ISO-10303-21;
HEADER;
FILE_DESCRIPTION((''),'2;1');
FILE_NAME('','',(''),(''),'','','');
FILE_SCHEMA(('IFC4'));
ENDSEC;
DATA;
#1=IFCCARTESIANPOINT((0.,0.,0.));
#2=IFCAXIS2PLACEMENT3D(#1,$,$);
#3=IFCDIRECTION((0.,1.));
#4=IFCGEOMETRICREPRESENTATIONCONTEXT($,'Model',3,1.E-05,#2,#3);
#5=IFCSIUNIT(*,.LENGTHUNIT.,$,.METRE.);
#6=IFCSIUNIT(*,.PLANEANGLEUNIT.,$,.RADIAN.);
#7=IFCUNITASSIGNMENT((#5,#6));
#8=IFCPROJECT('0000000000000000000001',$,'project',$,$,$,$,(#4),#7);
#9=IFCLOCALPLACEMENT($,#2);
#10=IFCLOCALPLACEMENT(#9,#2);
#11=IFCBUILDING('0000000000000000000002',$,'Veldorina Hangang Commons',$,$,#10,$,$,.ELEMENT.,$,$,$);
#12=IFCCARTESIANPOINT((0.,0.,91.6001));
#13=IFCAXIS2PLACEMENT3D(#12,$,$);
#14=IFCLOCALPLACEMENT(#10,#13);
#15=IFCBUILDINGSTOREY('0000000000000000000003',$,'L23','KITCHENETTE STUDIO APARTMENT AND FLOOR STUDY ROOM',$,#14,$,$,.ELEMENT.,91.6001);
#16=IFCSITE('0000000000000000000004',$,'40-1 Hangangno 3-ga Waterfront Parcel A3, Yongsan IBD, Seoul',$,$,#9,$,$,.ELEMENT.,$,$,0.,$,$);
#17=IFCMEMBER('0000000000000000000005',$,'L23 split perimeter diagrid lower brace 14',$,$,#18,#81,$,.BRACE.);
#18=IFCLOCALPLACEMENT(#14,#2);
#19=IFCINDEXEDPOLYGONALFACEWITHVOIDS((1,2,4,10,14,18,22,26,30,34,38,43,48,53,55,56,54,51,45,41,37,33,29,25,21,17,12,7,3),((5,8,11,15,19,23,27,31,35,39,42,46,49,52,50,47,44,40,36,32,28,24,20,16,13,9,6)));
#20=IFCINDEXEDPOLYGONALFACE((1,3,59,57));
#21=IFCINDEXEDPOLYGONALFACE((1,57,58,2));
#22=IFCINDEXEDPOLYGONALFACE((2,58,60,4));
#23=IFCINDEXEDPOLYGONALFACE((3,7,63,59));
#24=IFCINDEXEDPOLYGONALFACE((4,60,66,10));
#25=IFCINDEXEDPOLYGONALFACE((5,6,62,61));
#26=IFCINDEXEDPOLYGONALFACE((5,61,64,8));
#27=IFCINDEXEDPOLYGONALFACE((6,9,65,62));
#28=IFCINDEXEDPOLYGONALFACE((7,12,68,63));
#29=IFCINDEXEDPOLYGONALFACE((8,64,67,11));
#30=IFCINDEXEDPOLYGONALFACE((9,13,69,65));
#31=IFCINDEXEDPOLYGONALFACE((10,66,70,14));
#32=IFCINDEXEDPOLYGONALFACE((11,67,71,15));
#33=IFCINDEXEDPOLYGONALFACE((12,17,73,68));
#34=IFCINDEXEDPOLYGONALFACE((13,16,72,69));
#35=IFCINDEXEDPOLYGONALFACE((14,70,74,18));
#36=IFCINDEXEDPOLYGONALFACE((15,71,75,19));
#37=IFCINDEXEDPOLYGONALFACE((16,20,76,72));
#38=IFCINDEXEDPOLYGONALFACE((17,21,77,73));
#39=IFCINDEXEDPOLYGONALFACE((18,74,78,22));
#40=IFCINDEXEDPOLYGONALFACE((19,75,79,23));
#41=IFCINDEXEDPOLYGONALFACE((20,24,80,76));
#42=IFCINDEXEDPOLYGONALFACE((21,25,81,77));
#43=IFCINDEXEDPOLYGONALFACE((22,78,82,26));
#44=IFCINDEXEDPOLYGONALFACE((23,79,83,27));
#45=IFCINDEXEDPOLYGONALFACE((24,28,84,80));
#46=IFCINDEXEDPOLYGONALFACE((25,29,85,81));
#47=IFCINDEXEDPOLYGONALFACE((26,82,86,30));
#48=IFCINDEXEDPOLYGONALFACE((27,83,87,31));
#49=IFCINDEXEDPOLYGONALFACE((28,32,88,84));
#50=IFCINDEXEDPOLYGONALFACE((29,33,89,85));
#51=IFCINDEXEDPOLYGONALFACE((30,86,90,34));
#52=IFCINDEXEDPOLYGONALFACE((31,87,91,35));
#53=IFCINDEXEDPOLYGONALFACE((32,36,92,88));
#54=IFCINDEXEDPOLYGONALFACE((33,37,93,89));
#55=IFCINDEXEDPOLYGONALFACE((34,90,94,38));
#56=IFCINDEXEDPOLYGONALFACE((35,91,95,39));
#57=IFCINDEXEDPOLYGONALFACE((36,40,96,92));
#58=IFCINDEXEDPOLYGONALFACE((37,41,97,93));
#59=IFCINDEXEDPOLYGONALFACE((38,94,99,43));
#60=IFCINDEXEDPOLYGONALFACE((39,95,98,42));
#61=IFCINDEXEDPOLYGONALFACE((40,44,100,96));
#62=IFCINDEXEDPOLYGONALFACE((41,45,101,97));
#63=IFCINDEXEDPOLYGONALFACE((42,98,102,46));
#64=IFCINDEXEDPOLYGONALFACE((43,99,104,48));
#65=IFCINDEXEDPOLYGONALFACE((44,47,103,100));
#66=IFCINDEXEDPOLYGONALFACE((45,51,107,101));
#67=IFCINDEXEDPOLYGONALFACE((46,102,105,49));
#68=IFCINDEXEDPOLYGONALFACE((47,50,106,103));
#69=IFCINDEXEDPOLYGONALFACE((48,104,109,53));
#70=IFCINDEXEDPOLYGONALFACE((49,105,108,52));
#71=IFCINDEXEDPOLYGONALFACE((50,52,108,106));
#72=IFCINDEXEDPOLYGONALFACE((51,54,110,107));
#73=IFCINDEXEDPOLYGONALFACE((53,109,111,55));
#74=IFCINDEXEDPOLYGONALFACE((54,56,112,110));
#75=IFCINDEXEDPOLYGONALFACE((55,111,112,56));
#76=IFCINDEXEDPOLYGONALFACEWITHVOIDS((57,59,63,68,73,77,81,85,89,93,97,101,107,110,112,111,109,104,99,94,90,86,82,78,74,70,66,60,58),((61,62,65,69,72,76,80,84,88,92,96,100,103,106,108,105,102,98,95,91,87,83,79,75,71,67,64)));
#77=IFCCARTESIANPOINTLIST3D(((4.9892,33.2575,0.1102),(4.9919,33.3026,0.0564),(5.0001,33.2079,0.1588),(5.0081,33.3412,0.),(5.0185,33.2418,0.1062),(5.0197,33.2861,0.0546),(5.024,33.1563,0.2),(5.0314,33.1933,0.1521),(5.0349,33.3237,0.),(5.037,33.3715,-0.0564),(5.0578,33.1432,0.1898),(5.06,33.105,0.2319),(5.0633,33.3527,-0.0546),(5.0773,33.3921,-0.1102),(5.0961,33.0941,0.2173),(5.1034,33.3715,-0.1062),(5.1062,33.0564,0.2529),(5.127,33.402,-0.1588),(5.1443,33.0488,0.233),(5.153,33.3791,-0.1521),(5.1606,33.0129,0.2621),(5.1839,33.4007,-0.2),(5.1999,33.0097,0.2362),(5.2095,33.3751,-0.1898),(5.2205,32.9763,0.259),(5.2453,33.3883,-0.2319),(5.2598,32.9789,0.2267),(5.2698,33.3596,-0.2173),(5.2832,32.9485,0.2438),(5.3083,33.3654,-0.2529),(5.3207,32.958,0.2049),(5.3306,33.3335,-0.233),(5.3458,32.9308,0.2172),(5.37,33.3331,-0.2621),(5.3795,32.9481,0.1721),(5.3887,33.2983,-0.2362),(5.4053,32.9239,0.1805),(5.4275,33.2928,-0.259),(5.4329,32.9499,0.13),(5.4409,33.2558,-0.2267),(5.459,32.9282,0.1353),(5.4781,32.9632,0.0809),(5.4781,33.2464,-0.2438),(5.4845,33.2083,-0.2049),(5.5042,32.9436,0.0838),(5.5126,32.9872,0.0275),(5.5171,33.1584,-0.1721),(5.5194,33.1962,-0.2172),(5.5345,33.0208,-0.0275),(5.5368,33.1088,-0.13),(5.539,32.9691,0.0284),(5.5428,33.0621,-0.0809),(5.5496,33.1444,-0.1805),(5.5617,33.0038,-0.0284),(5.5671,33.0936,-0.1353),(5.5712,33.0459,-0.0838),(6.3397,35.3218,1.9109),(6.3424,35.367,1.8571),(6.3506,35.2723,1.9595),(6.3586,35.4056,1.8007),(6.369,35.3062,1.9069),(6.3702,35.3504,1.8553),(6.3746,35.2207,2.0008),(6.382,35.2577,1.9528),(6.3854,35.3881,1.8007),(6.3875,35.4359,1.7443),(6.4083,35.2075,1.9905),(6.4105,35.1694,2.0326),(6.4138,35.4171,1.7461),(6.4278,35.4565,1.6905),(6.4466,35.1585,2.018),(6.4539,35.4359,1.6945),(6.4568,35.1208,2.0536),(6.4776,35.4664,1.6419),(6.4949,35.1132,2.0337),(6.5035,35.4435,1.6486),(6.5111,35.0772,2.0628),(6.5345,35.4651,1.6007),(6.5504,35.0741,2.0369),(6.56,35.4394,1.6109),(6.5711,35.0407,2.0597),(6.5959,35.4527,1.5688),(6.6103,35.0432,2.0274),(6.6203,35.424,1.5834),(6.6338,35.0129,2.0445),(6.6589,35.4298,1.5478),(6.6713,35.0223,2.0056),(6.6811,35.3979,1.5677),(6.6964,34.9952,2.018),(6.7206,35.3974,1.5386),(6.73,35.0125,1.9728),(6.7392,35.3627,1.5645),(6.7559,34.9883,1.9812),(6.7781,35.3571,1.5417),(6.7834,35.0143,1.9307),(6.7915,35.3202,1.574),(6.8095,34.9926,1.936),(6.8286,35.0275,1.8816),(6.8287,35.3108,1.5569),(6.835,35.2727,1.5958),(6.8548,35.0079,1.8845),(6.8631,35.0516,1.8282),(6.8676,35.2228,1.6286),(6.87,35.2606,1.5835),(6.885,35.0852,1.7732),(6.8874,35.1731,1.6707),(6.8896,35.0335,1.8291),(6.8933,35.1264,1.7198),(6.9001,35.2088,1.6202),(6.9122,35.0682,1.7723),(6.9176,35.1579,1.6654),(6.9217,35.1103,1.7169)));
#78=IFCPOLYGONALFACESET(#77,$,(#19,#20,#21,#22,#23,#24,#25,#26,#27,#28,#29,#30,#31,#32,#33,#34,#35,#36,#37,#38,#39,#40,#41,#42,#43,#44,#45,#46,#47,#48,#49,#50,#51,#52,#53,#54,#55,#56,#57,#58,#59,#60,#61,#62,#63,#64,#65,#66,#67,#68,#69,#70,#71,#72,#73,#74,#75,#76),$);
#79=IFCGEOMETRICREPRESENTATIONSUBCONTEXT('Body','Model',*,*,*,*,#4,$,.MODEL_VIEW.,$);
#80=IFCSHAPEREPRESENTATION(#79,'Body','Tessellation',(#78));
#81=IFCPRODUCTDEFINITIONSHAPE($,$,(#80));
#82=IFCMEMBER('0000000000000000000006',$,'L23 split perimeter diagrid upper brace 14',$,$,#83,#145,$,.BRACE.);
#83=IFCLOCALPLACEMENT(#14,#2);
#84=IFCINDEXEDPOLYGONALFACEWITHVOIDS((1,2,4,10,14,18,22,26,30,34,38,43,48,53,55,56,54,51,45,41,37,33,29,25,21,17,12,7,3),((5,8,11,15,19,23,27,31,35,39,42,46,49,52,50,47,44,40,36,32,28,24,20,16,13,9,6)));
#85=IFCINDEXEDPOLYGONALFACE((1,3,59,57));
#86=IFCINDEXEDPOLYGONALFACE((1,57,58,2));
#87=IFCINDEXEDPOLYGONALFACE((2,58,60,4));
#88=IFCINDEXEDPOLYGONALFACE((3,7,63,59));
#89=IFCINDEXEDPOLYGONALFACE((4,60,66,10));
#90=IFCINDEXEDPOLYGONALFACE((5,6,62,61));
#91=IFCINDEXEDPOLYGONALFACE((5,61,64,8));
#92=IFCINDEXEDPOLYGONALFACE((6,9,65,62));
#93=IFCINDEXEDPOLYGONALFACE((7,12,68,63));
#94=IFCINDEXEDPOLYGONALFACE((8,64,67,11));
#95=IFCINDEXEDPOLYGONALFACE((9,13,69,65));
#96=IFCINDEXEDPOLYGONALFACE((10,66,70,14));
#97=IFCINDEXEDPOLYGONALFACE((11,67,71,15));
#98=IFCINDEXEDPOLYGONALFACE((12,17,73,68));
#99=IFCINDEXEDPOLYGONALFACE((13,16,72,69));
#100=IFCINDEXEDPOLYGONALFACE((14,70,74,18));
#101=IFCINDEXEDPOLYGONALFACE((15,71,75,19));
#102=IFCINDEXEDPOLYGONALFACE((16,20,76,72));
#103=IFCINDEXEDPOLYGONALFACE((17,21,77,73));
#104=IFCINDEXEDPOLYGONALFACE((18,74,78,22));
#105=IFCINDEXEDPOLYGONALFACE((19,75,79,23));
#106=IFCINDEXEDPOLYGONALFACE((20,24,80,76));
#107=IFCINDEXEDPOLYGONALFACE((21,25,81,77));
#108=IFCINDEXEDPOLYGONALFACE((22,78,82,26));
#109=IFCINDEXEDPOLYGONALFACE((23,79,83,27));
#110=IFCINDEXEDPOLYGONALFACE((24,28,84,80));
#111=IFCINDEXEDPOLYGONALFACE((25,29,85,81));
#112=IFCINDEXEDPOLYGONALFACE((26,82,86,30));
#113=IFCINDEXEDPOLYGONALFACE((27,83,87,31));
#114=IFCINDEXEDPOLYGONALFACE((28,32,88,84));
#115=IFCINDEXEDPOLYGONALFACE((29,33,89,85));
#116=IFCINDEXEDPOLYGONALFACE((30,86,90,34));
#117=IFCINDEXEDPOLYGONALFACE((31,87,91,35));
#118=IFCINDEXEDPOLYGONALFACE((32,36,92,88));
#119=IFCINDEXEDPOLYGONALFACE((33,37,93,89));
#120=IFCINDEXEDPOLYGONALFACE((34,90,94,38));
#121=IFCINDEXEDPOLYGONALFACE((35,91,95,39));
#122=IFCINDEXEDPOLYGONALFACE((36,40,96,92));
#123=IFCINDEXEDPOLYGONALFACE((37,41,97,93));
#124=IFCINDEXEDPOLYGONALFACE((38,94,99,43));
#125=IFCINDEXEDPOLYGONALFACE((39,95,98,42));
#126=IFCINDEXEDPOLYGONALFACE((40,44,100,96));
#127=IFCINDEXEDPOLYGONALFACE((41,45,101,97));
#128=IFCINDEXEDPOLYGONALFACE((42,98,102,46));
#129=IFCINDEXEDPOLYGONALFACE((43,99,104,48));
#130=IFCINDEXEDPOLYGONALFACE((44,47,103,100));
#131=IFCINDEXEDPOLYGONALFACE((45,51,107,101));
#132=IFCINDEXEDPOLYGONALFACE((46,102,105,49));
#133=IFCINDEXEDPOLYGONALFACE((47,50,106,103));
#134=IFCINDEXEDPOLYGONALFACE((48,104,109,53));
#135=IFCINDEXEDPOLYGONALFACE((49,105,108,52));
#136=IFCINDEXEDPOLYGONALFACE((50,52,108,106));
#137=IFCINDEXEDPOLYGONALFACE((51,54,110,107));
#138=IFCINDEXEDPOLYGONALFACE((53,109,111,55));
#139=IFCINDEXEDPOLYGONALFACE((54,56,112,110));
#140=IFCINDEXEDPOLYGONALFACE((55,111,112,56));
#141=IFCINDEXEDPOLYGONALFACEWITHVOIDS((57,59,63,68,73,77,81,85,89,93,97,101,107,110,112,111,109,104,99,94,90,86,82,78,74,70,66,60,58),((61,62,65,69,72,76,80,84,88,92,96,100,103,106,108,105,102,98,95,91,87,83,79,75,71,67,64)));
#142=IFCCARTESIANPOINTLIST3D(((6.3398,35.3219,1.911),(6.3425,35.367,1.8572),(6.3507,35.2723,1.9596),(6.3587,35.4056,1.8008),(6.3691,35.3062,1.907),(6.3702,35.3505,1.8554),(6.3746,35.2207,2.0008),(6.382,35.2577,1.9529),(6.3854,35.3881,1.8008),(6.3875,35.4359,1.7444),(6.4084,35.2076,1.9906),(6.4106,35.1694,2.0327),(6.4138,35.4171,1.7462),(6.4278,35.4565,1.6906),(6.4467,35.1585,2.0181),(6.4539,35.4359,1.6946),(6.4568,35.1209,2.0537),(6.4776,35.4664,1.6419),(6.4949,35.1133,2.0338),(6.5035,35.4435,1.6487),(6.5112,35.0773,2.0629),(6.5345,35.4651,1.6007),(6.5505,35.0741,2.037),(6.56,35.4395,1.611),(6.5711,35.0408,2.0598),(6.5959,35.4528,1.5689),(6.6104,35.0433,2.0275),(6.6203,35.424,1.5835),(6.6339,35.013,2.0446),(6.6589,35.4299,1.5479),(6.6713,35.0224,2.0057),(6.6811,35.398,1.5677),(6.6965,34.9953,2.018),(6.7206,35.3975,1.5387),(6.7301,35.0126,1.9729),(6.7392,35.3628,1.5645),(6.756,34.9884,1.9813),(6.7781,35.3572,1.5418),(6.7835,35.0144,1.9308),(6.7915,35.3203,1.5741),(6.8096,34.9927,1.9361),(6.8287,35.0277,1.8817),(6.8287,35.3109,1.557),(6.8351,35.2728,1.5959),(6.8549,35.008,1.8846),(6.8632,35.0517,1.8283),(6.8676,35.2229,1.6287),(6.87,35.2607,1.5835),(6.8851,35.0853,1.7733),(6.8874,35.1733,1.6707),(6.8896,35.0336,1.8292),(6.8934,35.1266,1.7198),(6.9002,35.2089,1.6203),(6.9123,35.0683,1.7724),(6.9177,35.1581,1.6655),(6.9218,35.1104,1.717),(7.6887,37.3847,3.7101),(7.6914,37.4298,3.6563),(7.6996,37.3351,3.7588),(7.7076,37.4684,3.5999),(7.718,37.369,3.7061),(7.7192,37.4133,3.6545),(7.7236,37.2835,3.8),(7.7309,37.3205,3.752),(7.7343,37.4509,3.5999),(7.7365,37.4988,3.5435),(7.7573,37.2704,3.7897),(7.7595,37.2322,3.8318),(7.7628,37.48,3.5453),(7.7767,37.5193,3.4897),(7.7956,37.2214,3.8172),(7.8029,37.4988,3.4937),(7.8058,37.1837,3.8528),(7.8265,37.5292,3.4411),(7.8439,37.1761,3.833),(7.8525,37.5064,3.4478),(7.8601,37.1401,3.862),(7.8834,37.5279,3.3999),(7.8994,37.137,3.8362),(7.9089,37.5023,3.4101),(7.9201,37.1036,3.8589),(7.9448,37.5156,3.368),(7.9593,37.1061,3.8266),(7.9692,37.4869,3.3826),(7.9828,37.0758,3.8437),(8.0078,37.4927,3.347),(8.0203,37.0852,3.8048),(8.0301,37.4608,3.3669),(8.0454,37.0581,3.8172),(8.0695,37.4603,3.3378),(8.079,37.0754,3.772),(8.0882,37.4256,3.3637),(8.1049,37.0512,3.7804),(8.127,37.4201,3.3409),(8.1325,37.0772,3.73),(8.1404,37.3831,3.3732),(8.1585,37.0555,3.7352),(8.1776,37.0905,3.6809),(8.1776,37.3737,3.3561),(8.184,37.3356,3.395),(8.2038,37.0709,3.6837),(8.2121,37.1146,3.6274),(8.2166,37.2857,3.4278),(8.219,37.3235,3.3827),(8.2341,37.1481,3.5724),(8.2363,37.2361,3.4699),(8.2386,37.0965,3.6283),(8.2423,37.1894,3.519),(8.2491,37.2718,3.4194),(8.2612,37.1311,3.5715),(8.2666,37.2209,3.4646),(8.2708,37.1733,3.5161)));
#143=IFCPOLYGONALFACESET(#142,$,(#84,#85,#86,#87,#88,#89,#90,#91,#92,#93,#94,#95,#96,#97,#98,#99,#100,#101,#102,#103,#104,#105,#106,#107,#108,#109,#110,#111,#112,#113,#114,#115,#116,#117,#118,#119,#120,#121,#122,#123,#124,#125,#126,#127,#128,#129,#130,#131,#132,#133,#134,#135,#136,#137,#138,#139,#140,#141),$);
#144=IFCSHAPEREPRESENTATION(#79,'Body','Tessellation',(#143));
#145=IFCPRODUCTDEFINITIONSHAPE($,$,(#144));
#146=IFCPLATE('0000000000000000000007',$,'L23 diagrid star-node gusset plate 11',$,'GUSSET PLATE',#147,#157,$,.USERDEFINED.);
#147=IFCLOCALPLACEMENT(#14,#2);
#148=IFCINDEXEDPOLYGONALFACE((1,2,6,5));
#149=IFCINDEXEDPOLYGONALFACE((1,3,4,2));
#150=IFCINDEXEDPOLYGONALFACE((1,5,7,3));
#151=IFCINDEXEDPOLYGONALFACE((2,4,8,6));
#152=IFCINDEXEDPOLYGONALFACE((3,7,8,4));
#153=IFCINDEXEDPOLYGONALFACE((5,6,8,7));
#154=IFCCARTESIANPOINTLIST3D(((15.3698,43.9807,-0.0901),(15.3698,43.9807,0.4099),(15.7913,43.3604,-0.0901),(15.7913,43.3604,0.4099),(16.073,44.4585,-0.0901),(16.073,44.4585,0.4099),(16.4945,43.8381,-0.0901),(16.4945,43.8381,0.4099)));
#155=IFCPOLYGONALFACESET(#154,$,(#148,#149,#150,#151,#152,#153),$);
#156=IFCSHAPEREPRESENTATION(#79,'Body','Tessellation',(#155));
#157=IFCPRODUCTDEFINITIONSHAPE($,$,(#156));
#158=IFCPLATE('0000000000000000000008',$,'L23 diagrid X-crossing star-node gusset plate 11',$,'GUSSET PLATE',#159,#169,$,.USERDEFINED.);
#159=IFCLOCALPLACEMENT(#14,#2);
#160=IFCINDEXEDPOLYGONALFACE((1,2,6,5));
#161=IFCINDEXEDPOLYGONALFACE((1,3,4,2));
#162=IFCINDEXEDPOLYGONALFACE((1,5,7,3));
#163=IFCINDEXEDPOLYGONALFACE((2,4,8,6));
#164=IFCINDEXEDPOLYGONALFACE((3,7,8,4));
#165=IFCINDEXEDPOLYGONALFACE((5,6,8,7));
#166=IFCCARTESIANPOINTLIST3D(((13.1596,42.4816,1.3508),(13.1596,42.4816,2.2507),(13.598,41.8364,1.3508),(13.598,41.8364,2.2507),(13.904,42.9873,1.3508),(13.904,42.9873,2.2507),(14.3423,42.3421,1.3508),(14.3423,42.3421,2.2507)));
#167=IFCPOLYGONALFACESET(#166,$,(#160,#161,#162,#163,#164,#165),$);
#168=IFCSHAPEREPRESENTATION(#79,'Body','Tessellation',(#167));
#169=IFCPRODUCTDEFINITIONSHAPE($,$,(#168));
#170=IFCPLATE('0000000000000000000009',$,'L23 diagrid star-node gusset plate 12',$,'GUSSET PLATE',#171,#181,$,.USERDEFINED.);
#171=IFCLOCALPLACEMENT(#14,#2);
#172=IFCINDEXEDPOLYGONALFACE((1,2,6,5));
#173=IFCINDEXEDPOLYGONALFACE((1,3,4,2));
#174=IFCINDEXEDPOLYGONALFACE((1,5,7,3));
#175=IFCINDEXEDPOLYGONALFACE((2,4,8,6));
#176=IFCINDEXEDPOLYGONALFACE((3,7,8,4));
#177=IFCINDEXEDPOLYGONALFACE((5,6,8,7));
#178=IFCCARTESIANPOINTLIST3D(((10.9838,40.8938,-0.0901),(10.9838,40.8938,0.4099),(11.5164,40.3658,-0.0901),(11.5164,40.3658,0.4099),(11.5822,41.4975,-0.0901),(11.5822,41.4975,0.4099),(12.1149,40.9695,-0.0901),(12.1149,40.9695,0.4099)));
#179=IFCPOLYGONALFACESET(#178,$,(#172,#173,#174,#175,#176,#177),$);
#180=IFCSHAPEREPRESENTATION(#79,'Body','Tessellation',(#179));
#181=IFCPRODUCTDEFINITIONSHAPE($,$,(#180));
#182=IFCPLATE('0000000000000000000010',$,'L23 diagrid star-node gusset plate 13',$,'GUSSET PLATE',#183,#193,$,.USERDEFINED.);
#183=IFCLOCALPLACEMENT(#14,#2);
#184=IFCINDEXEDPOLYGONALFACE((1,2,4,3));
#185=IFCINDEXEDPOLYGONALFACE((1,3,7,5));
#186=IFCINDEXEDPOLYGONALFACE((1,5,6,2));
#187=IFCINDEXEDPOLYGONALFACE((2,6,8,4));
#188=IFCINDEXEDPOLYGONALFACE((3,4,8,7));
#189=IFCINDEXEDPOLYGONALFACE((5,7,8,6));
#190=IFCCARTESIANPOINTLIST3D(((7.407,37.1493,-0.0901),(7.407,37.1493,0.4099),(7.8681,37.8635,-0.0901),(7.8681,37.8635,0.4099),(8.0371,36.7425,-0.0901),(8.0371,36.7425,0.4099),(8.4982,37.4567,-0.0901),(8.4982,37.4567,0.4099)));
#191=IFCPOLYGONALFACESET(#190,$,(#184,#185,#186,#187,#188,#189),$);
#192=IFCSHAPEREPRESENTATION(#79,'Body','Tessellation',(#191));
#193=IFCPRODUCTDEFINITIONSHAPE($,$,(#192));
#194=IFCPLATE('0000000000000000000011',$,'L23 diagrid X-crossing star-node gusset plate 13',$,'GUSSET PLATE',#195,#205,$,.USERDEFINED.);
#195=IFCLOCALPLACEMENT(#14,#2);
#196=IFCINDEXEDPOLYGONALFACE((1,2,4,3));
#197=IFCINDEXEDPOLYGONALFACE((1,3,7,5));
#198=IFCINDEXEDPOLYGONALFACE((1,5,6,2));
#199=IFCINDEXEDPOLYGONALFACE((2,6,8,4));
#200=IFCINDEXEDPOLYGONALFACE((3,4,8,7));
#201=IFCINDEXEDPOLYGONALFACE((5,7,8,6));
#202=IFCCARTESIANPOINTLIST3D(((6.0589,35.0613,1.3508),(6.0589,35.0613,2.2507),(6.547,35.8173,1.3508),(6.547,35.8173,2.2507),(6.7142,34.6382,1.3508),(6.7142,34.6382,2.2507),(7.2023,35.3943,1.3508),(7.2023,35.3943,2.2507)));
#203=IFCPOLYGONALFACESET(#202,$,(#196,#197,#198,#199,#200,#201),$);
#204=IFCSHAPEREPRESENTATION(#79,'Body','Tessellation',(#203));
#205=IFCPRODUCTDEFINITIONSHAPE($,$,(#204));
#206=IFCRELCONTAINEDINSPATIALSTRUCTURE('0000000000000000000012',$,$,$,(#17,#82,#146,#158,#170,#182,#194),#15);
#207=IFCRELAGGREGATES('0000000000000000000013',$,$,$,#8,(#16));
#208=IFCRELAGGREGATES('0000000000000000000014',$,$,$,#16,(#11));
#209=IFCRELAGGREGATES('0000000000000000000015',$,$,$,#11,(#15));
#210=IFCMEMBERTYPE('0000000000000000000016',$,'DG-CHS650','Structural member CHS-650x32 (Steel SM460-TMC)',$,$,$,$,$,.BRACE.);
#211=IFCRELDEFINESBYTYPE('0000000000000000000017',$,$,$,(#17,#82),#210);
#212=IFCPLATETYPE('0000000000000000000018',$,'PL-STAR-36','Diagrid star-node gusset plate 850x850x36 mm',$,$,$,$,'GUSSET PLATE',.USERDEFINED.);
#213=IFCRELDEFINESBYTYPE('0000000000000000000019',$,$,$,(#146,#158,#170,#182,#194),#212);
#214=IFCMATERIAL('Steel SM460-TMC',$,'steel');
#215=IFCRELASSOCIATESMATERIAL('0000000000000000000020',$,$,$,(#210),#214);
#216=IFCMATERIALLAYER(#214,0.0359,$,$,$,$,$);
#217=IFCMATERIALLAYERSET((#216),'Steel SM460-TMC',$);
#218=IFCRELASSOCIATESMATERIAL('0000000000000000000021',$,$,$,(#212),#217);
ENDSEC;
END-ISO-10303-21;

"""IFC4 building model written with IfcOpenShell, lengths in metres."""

from ifc_helpers import new_model, si_unit, direction, frame, origin, origin_2d, place, context, subcontext, project, spatial, rectangle, hollow_circle, extrude, material, layer, layer_set, material_profile, profile_set, type_object, element, save


model = new_model("IFC4")

# Units and contexts
model_context = context("Model", 3, precision=1e-05, world=origin(), true_north=direction((0.0, 1.0)))
body_context = subcontext(model_context, "Body", "Model", "MODEL_VIEW")
ifc_project = project(units=[si_unit("LENGTHUNIT", "METRE"), si_unit("PLANEANGLEUNIT", "RADIAN")], contexts=[model_context])

# Site, building, storey
site_placement = place(None, origin())
site = spatial("IfcSite", under=ifc_project, at=site_placement, Name="40-1 Hangangno 3-ga Waterfront Parcel A3, Yongsan IBD, Seoul", CompositionType="ELEMENT", RefElevation=0.0)
building_placement = place(site_placement, origin())
building = spatial("IfcBuilding", under=site, at=building_placement, Name="Veldorina Hangang Commons", CompositionType="ELEMENT")
storey_placement = place(building_placement, frame((0.0, 0.0, 91.6001)))
storey = spatial("IfcBuildingStorey", under=building, at=storey_placement, Name="L23", Description="KITCHENETTE STUDIO APARTMENT AND FLOOR STUDY ROOM", CompositionType="ELEMENT", Elevation=91.6001)

# Members
ifc_material_1 = material(Name="Steel SM460-TMC", Category="steel")
ifc_material_profile_1 = material_profile(ifc_material_1, hollow_circle(Radius=0.325, WallThickness=0.032, at=origin_2d()), Name="CHS-650x32")
ifc_profile_set_1 = profile_set([ifc_material_profile_1], Name="Steel SM460-TMC")
member_type = type_object("IfcMemberType", Name="DG-CHS650", Description="Structural member CHS-650x32 (Steel SM460-TMC)", PredefinedType="BRACE", material=ifc_profile_set_1)
member_1_placement = place(storey_placement, frame((5.28, 33.1633, 0.0), z_axis=(0.442189, 0.675913, 0.589585), x_axis=(-0.83683, 0.547463, 0.0)))
element("IfcMember", 1, at=member_1_placement, inside=storey, type_object=member_type, Name="L23 split perimeter diagrid lower brace 14", PredefinedType="BRACE", context=body_context, shape_type="SweptSolid", body=[
    extrude(hollow_circle(Radius=0.325, WallThickness=0.032, at=origin_2d()), origin(), (0.0, 0.0, 1.0), 3.0542),
])
member_2_placement = place(storey_placement, frame((6.6306, 35.2278, 1.8008), z_axis=(0.442052, 0.675999, 0.589589), x_axis=(-0.83694, 0.547295, 0.0)))
element("IfcMember", 2, at=member_2_placement, inside=storey, type_object=member_type, Name="L23 split perimeter diagrid upper brace 14", PredefinedType="BRACE", context=body_context, shape_type="SweptSolid", body=[
    extrude(hollow_circle(Radius=0.325, WallThickness=0.032, at=origin_2d()), origin(), (0.0, 0.0, 1.0), 3.0515),
])

# Plates
ifc_layer_1 = layer(ifc_material_1, 0.0359)
ifc_layer_set_1 = layer_set([ifc_layer_1], Name="Steel SM460-TMC")
plate_type = type_object("IfcPlateType", Name="PL-STAR-36", Description="Diagrid star-node gusset plate 850x850x36 mm", ElementType="GUSSET PLATE", PredefinedType="USERDEFINED", material=ifc_layer_set_1)
plate_1_placement = place(storey_placement, frame((15.9321, 43.9094, -0.0901), z_axis=(0.0, 0.0, 1.0), x_axis=(-0.827139, -0.561997, 0.0)))
element("IfcPlate", 3, at=plate_1_placement, inside=storey, type_object=plate_type, Name="L23 diagrid star-node gusset plate 11", ObjectType="GUSSET PLATE", PredefinedType="USERDEFINED", context=body_context, shape_type="SweptSolid", body=[
    extrude(rectangle(XDim=0.8501, YDim=0.75, at=origin_2d()), origin(), (0.0, 0.0, 1.0), 0.5),
])
plate_2_placement = place(storey_placement, frame((13.751, 42.4119, 1.3508), z_axis=(0.0, 0.0, 1.0), x_axis=(-0.827139, -0.561997, 0.0)))
element("IfcPlate", 4, at=plate_2_placement, inside=storey, type_object=plate_type, Name="L23 diagrid X-crossing star-node gusset plate 11", ObjectType="GUSSET PLATE", PredefinedType="USERDEFINED", context=body_context, shape_type="SweptSolid", body=[
    extrude(rectangle(XDim=0.8999, YDim=0.78, at=origin_2d()), origin(), (0.0, 0.0, 1.0), 0.8999),
])
for number, where, z_axis, x_axis, name in (
    (5, (11.5493, 40.9316, -0.0901), (0.0, 0.0, 1.0), (-0.703978, -0.710222, 0.0), "L23 diagrid star-node gusset plate 12"),
    (6, (7.9526, 37.303, -0.0901), (0.0, 0.0, 1.0), (-0.542398, -0.840122, 0.0), "L23 diagrid star-node gusset plate 13"),
):
    element("IfcPlate", number, at=place(storey_placement, frame(where, z_axis=z_axis, x_axis=x_axis)), inside=storey, type_object=plate_type, Name=name, ObjectType="GUSSET PLATE", PredefinedType="USERDEFINED", context=body_context, shape_type="SweptSolid", body=[
        extrude(rectangle(XDim=0.8501, YDim=0.75, at=origin_2d()), origin(), (0.0, 0.0, 1.0), 0.5),
    ])
plate_3_placement = place(storey_placement, frame((6.6306, 35.2278, 1.3508), z_axis=(0.0, 0.0, 1.0), x_axis=(-0.542398, -0.840122, 0.0)))
element("IfcPlate", 7, at=plate_3_placement, inside=storey, type_object=plate_type, Name="L23 diagrid X-crossing star-node gusset plate 13", ObjectType="GUSSET PLATE", PredefinedType="USERDEFINED", context=body_context, shape_type="SweptSolid", body=[
    extrude(rectangle(XDim=0.8999, YDim=0.78, at=origin_2d()), origin(), (0.0, 0.0, 1.0), 0.8999),
])

save(model, "model.ifc")
